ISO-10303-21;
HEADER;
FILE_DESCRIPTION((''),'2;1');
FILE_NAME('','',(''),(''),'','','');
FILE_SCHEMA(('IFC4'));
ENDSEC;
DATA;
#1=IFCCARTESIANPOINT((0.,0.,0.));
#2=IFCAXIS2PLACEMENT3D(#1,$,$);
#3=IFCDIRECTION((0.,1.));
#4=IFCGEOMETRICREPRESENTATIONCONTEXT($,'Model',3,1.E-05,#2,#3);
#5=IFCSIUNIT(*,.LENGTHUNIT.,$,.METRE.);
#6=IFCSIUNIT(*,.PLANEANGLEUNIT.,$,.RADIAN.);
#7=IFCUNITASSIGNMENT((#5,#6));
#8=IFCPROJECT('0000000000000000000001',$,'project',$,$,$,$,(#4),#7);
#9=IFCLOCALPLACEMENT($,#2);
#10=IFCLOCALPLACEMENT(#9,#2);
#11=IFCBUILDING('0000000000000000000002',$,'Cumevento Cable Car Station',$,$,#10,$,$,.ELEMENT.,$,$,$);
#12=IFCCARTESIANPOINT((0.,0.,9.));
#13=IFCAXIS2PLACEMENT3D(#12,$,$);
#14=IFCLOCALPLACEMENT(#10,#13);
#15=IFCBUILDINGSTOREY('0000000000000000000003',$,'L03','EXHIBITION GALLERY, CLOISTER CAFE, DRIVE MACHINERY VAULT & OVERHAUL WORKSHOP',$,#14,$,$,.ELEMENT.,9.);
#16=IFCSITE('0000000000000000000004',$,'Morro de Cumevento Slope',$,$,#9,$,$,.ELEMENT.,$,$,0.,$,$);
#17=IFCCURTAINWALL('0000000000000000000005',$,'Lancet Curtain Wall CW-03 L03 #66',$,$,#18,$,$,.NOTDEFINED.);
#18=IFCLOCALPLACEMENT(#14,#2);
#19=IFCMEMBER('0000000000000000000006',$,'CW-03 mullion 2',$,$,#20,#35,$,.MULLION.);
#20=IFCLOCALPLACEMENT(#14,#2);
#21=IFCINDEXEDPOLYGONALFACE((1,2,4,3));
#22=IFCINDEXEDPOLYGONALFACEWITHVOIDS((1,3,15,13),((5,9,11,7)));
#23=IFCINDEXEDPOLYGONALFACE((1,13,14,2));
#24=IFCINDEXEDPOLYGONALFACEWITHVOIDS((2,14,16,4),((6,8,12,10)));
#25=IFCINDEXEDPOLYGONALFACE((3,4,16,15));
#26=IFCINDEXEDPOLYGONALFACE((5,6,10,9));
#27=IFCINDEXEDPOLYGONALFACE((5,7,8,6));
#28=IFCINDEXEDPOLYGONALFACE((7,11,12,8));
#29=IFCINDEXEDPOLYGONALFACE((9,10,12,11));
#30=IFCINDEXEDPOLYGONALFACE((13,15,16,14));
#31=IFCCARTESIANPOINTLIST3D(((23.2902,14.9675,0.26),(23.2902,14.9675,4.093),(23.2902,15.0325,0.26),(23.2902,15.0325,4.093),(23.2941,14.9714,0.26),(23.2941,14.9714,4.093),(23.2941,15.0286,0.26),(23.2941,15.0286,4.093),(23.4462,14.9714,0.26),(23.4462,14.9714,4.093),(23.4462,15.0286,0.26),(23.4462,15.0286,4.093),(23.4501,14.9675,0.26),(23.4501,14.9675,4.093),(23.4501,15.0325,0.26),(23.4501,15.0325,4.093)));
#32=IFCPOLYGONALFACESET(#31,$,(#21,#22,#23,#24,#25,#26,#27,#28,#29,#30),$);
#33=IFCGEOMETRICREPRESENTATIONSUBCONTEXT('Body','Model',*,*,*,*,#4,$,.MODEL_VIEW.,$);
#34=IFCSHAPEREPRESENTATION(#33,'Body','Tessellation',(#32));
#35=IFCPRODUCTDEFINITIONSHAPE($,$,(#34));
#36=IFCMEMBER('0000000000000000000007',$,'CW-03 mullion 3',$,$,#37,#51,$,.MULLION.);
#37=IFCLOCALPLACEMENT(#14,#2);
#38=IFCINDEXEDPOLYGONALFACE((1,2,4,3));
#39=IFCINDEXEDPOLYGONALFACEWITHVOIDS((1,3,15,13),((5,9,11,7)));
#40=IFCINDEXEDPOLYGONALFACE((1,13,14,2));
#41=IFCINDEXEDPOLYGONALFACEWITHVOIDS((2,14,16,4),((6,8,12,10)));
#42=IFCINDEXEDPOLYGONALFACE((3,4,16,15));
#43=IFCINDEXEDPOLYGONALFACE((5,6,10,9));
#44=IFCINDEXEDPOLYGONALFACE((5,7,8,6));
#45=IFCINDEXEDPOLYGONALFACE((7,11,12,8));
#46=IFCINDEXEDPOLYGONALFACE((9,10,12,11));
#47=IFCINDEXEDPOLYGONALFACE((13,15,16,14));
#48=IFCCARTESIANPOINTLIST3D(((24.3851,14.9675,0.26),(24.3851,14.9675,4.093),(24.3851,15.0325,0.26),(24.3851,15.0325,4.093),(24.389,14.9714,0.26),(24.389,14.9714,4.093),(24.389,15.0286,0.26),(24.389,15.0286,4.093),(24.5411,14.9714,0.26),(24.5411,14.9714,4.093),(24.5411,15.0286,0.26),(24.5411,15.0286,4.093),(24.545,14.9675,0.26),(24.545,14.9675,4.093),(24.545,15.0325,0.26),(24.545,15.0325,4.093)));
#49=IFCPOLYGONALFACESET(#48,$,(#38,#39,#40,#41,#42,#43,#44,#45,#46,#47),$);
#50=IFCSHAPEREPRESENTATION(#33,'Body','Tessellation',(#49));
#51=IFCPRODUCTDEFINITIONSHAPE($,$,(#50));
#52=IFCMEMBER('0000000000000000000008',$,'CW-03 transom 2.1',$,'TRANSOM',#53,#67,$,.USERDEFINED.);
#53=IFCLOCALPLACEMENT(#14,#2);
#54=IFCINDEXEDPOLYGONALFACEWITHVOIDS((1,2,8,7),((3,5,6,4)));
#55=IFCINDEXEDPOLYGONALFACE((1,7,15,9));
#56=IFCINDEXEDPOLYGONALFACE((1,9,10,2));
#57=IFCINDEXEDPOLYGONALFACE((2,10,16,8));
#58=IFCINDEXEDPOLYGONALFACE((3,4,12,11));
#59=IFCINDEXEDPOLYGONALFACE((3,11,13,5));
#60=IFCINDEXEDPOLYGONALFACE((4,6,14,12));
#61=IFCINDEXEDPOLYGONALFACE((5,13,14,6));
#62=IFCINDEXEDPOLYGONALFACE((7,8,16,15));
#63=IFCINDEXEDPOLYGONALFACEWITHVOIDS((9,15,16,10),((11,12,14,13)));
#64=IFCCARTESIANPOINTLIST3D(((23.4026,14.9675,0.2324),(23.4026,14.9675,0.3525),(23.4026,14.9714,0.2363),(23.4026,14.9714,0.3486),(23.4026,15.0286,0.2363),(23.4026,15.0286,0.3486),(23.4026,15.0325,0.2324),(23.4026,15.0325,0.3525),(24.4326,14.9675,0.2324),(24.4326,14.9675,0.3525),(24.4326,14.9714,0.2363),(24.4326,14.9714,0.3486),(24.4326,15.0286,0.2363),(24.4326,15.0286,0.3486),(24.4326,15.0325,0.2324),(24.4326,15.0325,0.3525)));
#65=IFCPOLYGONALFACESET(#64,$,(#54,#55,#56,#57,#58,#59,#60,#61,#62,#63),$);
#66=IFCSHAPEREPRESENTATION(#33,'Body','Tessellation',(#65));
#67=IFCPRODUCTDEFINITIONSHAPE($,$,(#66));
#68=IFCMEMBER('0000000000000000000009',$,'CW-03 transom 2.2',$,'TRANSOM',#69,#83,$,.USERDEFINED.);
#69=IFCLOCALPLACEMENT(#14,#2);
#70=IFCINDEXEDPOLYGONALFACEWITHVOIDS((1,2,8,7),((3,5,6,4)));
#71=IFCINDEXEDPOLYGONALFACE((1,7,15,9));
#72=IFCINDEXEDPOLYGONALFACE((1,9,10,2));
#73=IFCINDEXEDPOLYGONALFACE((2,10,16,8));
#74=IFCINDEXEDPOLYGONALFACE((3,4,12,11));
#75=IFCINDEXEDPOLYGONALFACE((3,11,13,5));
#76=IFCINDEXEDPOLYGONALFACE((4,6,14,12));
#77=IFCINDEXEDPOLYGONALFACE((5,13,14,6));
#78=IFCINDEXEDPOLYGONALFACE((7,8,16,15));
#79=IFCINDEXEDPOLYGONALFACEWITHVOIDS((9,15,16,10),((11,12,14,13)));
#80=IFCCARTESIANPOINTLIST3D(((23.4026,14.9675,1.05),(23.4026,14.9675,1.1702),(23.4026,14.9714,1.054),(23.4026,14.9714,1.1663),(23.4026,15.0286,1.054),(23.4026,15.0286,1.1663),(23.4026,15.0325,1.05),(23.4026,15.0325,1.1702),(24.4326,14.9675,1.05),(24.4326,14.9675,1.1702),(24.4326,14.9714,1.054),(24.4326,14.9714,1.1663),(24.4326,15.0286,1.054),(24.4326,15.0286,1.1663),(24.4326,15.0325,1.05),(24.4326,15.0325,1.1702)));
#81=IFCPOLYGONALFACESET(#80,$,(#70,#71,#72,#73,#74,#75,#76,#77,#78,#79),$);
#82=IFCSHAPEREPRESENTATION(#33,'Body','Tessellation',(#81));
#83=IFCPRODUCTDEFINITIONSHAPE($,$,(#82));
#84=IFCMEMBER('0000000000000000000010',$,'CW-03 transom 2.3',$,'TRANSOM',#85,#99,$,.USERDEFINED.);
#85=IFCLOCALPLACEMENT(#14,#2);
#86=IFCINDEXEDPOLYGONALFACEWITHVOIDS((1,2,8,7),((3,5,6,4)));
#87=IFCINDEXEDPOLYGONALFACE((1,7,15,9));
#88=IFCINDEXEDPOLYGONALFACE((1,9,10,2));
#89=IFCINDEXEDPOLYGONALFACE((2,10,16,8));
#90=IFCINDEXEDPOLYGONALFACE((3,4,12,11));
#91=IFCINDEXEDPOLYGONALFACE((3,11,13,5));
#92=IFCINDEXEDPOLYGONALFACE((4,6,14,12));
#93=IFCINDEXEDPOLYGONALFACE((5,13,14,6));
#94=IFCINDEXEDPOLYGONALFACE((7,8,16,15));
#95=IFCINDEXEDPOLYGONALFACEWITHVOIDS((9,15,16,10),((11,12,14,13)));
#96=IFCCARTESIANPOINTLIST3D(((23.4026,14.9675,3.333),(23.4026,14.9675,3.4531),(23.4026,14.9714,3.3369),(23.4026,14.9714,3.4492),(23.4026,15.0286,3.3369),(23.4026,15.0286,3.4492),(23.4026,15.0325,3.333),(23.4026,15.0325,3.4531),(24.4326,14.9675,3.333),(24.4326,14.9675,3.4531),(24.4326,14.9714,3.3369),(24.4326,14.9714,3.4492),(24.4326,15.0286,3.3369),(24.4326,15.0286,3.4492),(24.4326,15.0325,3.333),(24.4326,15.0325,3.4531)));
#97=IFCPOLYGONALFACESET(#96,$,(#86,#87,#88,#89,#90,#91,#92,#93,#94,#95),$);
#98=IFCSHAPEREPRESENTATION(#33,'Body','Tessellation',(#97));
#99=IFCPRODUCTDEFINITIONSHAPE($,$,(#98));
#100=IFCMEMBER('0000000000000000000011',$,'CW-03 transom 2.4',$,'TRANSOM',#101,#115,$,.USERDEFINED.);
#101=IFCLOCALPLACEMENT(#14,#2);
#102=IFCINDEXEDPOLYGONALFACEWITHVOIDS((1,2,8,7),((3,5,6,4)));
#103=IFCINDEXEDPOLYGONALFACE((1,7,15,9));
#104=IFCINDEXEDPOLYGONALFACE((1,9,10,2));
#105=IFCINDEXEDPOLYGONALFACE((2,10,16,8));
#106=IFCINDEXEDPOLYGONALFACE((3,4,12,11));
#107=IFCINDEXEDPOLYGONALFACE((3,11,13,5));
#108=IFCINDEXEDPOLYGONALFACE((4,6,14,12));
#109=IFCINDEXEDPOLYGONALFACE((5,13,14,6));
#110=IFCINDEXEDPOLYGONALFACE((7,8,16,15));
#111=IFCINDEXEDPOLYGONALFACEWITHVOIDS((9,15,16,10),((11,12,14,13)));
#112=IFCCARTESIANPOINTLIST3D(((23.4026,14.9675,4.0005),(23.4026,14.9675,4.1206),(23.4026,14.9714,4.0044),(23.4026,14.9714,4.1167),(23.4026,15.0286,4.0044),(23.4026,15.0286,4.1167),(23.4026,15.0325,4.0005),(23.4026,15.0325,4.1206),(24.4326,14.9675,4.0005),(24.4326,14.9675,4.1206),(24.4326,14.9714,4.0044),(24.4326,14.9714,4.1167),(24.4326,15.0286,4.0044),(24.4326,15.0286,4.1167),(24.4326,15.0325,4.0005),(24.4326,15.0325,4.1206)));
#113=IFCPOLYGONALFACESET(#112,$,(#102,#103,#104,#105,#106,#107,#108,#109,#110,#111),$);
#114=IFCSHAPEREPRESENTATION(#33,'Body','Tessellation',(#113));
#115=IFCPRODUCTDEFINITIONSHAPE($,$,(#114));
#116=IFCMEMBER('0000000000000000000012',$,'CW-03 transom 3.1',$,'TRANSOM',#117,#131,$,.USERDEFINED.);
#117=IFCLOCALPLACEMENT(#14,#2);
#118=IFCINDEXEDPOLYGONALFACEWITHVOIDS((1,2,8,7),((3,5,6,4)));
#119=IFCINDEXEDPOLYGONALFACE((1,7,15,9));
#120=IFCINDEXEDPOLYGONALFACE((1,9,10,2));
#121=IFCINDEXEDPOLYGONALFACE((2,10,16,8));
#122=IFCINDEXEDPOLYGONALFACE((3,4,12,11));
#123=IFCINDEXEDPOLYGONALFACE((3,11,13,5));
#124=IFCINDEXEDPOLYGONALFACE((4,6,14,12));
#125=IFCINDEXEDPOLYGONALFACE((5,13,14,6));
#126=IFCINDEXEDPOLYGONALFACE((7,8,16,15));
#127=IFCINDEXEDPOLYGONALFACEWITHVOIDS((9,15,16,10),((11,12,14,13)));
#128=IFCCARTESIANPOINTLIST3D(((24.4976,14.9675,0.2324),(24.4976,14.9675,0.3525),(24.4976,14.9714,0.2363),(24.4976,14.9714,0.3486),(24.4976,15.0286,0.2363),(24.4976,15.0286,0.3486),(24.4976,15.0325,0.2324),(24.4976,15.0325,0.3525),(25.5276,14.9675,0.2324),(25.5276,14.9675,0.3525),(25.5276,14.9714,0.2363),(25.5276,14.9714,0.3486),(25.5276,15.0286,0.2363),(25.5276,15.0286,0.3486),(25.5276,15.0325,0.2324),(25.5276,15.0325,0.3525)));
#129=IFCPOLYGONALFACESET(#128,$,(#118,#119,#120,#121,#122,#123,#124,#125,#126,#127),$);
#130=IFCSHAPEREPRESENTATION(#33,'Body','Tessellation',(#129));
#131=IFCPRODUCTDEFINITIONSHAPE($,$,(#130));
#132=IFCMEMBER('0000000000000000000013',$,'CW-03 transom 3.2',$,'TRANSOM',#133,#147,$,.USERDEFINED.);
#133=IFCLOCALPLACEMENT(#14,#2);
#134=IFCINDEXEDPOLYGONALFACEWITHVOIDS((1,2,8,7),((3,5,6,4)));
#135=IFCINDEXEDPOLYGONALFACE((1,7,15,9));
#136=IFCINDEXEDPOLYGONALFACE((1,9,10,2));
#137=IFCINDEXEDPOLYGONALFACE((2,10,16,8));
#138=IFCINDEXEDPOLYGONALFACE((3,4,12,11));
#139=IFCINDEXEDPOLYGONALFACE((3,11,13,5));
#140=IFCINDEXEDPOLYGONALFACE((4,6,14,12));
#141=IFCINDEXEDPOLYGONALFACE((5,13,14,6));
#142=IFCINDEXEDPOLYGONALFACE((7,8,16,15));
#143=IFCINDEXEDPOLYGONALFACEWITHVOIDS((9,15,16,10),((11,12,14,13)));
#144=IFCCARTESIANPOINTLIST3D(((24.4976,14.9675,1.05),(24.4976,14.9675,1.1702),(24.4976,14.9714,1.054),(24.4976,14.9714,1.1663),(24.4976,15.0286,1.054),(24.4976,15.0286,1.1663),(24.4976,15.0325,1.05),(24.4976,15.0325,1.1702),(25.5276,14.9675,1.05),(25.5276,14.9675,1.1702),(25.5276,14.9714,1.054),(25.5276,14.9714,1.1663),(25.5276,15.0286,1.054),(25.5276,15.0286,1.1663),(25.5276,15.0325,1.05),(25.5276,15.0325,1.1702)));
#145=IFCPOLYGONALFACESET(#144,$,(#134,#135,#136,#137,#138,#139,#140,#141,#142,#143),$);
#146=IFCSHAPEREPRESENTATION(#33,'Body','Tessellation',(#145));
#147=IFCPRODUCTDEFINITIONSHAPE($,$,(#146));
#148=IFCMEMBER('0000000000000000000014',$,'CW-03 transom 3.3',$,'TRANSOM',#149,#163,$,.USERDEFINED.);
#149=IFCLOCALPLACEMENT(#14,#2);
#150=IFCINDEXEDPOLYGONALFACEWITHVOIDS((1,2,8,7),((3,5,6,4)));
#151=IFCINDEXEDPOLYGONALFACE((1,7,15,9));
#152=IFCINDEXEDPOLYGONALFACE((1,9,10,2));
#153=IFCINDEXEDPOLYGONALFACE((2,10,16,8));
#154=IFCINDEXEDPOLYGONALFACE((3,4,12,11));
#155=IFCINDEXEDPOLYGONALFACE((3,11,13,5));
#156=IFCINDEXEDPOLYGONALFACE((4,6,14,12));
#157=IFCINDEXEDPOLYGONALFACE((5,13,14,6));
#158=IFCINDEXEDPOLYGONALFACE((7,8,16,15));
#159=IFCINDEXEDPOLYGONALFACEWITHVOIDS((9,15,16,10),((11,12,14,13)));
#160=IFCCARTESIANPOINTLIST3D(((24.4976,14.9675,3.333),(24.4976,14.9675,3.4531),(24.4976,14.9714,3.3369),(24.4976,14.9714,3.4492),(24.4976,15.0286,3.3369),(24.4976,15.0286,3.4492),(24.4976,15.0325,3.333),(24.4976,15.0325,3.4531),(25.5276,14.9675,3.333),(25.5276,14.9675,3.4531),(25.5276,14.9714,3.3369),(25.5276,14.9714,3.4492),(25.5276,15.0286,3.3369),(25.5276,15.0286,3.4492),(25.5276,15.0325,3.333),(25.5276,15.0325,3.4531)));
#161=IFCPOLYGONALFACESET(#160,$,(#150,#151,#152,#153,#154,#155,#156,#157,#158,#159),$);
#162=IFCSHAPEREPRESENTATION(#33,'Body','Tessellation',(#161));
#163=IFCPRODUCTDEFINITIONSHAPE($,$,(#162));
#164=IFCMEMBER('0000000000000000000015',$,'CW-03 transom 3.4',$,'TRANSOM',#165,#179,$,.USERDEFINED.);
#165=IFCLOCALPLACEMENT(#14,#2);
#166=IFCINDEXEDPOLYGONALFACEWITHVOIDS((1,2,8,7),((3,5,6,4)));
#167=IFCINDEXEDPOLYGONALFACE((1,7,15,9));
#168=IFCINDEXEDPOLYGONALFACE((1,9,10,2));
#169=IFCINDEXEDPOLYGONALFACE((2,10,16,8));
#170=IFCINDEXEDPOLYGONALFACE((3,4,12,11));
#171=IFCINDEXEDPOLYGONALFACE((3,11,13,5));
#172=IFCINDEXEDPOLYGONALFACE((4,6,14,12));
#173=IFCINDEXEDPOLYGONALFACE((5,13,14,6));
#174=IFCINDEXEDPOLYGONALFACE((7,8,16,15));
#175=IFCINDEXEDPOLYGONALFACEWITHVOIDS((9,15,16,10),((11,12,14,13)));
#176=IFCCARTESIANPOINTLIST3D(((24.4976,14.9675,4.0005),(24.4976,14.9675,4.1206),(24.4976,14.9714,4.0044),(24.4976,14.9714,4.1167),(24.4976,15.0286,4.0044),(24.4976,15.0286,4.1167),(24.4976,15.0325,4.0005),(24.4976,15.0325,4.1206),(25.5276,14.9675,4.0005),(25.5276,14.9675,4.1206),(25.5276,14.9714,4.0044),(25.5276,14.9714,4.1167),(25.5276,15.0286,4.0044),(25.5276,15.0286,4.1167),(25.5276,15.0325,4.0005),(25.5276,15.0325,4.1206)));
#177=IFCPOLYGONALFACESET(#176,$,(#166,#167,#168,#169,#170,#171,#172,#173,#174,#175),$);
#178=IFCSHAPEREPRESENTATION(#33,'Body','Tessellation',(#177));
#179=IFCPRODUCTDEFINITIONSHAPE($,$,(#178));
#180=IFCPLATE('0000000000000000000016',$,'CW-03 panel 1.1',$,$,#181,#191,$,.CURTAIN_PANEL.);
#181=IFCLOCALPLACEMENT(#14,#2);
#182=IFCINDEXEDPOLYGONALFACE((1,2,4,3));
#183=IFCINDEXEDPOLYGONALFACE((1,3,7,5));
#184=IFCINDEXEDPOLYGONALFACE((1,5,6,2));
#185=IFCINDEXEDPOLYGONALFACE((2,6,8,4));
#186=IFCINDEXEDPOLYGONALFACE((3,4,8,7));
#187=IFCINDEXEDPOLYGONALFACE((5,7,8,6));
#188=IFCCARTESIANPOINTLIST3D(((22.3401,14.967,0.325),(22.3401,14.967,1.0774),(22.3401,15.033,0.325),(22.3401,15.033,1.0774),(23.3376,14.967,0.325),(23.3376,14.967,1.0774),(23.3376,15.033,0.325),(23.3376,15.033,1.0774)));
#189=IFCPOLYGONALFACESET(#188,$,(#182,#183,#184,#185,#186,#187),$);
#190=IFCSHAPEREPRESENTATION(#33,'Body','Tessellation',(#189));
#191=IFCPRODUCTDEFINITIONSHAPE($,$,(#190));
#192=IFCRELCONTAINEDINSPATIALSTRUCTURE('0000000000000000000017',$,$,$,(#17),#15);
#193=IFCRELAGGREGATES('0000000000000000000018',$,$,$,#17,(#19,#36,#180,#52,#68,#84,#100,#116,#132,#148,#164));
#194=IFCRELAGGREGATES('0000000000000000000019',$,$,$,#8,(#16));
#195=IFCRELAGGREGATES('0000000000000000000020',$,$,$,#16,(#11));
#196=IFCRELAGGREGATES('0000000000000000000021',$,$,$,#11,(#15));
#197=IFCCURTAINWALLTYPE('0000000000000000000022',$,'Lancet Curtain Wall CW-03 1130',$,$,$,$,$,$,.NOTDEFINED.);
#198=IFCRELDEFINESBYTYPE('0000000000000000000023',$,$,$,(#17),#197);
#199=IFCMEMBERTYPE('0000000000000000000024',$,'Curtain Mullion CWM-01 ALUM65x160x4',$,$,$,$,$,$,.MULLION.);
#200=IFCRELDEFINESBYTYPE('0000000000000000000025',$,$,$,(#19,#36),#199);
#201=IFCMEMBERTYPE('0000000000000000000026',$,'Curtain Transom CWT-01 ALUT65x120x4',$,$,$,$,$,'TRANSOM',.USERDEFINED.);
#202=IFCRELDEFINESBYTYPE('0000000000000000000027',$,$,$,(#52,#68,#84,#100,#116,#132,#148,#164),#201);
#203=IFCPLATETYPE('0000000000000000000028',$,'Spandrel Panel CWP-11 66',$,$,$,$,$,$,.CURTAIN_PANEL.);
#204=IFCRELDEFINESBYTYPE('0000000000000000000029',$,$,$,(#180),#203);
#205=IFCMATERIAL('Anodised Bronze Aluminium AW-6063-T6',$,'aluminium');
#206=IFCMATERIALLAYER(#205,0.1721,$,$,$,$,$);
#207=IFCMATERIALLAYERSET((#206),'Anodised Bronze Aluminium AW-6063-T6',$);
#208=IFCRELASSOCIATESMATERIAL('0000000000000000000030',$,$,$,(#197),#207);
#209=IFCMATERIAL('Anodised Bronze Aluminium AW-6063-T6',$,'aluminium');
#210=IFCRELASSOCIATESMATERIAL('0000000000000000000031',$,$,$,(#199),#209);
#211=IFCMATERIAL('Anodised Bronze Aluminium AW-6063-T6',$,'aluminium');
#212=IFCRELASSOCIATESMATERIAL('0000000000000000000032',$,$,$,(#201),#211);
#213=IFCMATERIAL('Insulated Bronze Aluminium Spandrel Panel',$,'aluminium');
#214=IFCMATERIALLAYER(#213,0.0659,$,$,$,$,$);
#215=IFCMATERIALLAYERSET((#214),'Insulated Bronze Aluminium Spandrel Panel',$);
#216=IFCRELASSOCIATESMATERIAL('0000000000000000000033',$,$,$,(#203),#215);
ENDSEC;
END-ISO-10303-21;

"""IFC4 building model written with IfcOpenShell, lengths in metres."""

from ifc_helpers import new_model, si_unit, direction, frame, origin, origin_2d, place, context, subcontext, project, spatial, rectangle, hollow_rectangle, extrude, material, layer, layer_set, material_profile, profile_set, type_object, element, aggregate, save


model = new_model("IFC4")

# Units and contexts
model_context = context("Model", 3, precision=1e-05, world=origin(), true_north=direction((0.0, 1.0)))
body_context = subcontext(model_context, "Body", "Model", "MODEL_VIEW")
ifc_project = project(units=[si_unit("LENGTHUNIT", "METRE"), si_unit("PLANEANGLEUNIT", "RADIAN")], contexts=[model_context])

# Site, building, storey
site_placement = place(None, origin())
site = spatial("IfcSite", under=ifc_project, at=site_placement, Name="Morro de Cumevento Slope", CompositionType="ELEMENT", RefElevation=0.0)
building_placement = place(site_placement, origin())
building = spatial("IfcBuilding", under=site, at=building_placement, Name="Cumevento Cable Car Station", CompositionType="ELEMENT")
storey_placement = place(building_placement, frame((0.0, 0.0, 9.0)))
storey = spatial("IfcBuildingStorey", under=building, at=storey_placement, Name="L03", Description="EXHIBITION GALLERY, CLOISTER CAFE, DRIVE MACHINERY VAULT & OVERHAUL WORKSHOP", CompositionType="ELEMENT", Elevation=9.0)

# Curtain wall, members, plate
ifc_material_1 = material(Name="Anodised Bronze Aluminium AW-6063-T6", Category="aluminium")
ifc_layer_1 = layer(ifc_material_1, 0.1721)
ifc_layer_set_1 = layer_set([ifc_layer_1], Name="Anodised Bronze Aluminium AW-6063-T6")
curtain_wall_type = type_object("IfcCurtainWallType", Name="Lancet Curtain Wall CW-03 1130", PredefinedType="NOTDEFINED", material=ifc_layer_set_1)
curtain_wall_placement = place(storey_placement, origin())
curtain_wall = element("IfcCurtainWall", 1, at=curtain_wall_placement, inside=storey, type_object=curtain_wall_type, Name="Lancet Curtain Wall CW-03 L03 #66", PredefinedType="NOTDEFINED")
ifc_material_2 = material(Name="Anodised Bronze Aluminium AW-6063-T6", Category="aluminium")
ifc_material_profile_1 = material_profile(ifc_material_2, hollow_rectangle(XDim=0.0649, YDim=0.1599, WallThickness=0.0039, at=origin_2d()), Name="ALUM65x160x4")
ifc_profile_set_1 = profile_set([ifc_material_profile_1], Name="Anodised Bronze Aluminium AW-6063-T6")
member_type_1 = type_object("IfcMemberType", Name="Curtain Mullion CWM-01 ALUM65x160x4", PredefinedType="MULLION", material=ifc_profile_set_1)
member_1_placement = place(storey_placement, frame((23.3701, 15.0, 0.26), z_axis=(0.0, 0.0, 1.0), x_axis=(0.0, 1.0, 0.0)))
member_1 = element("IfcMember", 2, at=member_1_placement, type_object=member_type_1, Name="CW-03 mullion 2", PredefinedType="MULLION", context=body_context, shape_type="SweptSolid", body=[
    extrude(hollow_rectangle(XDim=0.0649, YDim=0.1599, WallThickness=0.0039, at=origin_2d()), origin(), (0.0, 0.0, 1.0), 3.833),
])
member_2_placement = place(storey_placement, frame((24.4651, 15.0, 0.26), z_axis=(0.0, 0.0, 1.0), x_axis=(0.0, 1.0, 0.0)))
member_2 = element("IfcMember", 3, at=member_2_placement, type_object=member_type_1, Name="CW-03 mullion 3", PredefinedType="MULLION", context=body_context, shape_type="SweptSolid", body=[
    extrude(hollow_rectangle(XDim=0.0649, YDim=0.1599, WallThickness=0.0039, at=origin_2d()), origin(), (0.0, 0.0, 1.0), 3.833),
])
ifc_material_3 = material(Name="Anodised Bronze Aluminium AW-6063-T6", Category="aluminium")
ifc_material_profile_2 = material_profile(ifc_material_3, hollow_rectangle(XDim=0.0649, YDim=0.1201, WallThickness=0.0039, at=origin_2d()), Name="ALUT65x120x4")
ifc_profile_set_2 = profile_set([ifc_material_profile_2], Name="Anodised Bronze Aluminium AW-6063-T6")
member_type_2 = type_object("IfcMemberType", Name="Curtain Transom CWT-01 ALUT65x120x4", ElementType="TRANSOM", PredefinedType="USERDEFINED", material=ifc_profile_set_2)
member_3_placement = place(storey_placement, frame((23.4026, 15.0, 0.2925), z_axis=(1.0, 0.0, 0.0), x_axis=(0.0, 1.0, 0.0)))
member_3 = element("IfcMember", 4, at=member_3_placement, type_object=member_type_2, Name="CW-03 transom 2.1", ObjectType="TRANSOM", PredefinedType="USERDEFINED", context=body_context, shape_type="SweptSolid", body=[
    extrude(hollow_rectangle(XDim=0.0649, YDim=0.1201, WallThickness=0.0039, at=origin_2d()), origin(), (0.0, 0.0, 1.0), 1.03),
])
member_4_placement = place(storey_placement, frame((23.4026, 15.0, 1.1101), z_axis=(1.0, 0.0, 0.0), x_axis=(0.0, 1.0, 0.0)))
member_4 = element("IfcMember", 5, at=member_4_placement, type_object=member_type_2, Name="CW-03 transom 2.2", ObjectType="TRANSOM", PredefinedType="USERDEFINED", context=body_context, shape_type="SweptSolid", body=[
    extrude(hollow_rectangle(XDim=0.0649, YDim=0.1201, WallThickness=0.0039, at=origin_2d()), origin(), (0.0, 0.0, 1.0), 1.03),
])
member_5_placement = place(storey_placement, frame((23.4026, 15.0, 3.3931), z_axis=(1.0, 0.0, 0.0), x_axis=(0.0, 1.0, 0.0)))
member_5 = element("IfcMember", 6, at=member_5_placement, type_object=member_type_2, Name="CW-03 transom 2.3", ObjectType="TRANSOM", PredefinedType="USERDEFINED", context=body_context, shape_type="SweptSolid", body=[
    extrude(hollow_rectangle(XDim=0.0649, YDim=0.1201, WallThickness=0.0039, at=origin_2d()), origin(), (0.0, 0.0, 1.0), 1.03),
])
member_6_placement = place(storey_placement, frame((23.4026, 15.0, 4.0605), z_axis=(1.0, 0.0, 0.0), x_axis=(0.0, 1.0, 0.0)))
member_6 = element("IfcMember", 7, at=member_6_placement, type_object=member_type_2, Name="CW-03 transom 2.4", ObjectType="TRANSOM", PredefinedType="USERDEFINED", context=body_context, shape_type="SweptSolid", body=[
    extrude(hollow_rectangle(XDim=0.0649, YDim=0.1201, WallThickness=0.0039, at=origin_2d()), origin(), (0.0, 0.0, 1.0), 1.03),
])
member_7_placement = place(storey_placement, frame((24.4976, 15.0, 0.2925), z_axis=(1.0, 0.0, 0.0), x_axis=(0.0, 1.0, 0.0)))
member_7 = element("IfcMember", 8, at=member_7_placement, type_object=member_type_2, Name="CW-03 transom 3.1", ObjectType="TRANSOM", PredefinedType="USERDEFINED", context=body_context, shape_type="SweptSolid", body=[
    extrude(hollow_rectangle(XDim=0.0649, YDim=0.1201, WallThickness=0.0039, at=origin_2d()), origin(), (0.0, 0.0, 1.0), 1.03),
])
member_8_placement = place(storey_placement, frame((24.4976, 15.0, 1.1101), z_axis=(1.0, 0.0, 0.0), x_axis=(0.0, 1.0, 0.0)))
member_8 = element("IfcMember", 9, at=member_8_placement, type_object=member_type_2, Name="CW-03 transom 3.2", ObjectType="TRANSOM", PredefinedType="USERDEFINED", context=body_context, shape_type="SweptSolid", body=[
    extrude(hollow_rectangle(XDim=0.0649, YDim=0.1201, WallThickness=0.0039, at=origin_2d()), origin(), (0.0, 0.0, 1.0), 1.03),
])
member_9_placement = place(storey_placement, frame((24.4976, 15.0, 3.3931), z_axis=(1.0, 0.0, 0.0), x_axis=(0.0, 1.0, 0.0)))
member_9 = element("IfcMember", 10, at=member_9_placement, type_object=member_type_2, Name="CW-03 transom 3.3", ObjectType="TRANSOM", PredefinedType="USERDEFINED", context=body_context, shape_type="SweptSolid", body=[
    extrude(hollow_rectangle(XDim=0.0649, YDim=0.1201, WallThickness=0.0039, at=origin_2d()), origin(), (0.0, 0.0, 1.0), 1.03),
])
member_10_placement = place(storey_placement, frame((24.4976, 15.0, 4.0605), z_axis=(1.0, 0.0, 0.0), x_axis=(0.0, 1.0, 0.0)))
member_10 = element("IfcMember", 11, at=member_10_placement, type_object=member_type_2, Name="CW-03 transom 3.4", ObjectType="TRANSOM", PredefinedType="USERDEFINED", context=body_context, shape_type="SweptSolid", body=[
    extrude(hollow_rectangle(XDim=0.0649, YDim=0.1201, WallThickness=0.0039, at=origin_2d()), origin(), (0.0, 0.0, 1.0), 1.03),
])
ifc_material_4 = material(Name="Insulated Bronze Aluminium Spandrel Panel", Category="aluminium")
ifc_layer_2 = layer(ifc_material_4, 0.0659)
ifc_layer_set_2 = layer_set([ifc_layer_2], Name="Insulated Bronze Aluminium Spandrel Panel")
plate_type = type_object("IfcPlateType", Name="Spandrel Panel CWP-11 66", PredefinedType="CURTAIN_PANEL", material=ifc_layer_set_2)
plate_1_placement = place(storey_placement, frame((22.8389, 15.0, 0.325), z_axis=(0.0, 0.0, 1.0), x_axis=(1.0, 0.0, 0.0)))
plate_1 = element("IfcPlate", 12, at=plate_1_placement, type_object=plate_type, Name="CW-03 panel 1.1", PredefinedType="CURTAIN_PANEL", context=body_context, shape_type="SweptSolid", body=[
    extrude(rectangle(XDim=0.9976, YDim=0.0659, at=origin_2d()), origin(), (0.0, 0.0, 1.0), 0.7524),
])
aggregate(curtain_wall, [member_1, member_2, plate_1, member_3, member_4, member_5, member_6, member_7, member_8, member_9, member_10])

save(model, "model.ifc")
